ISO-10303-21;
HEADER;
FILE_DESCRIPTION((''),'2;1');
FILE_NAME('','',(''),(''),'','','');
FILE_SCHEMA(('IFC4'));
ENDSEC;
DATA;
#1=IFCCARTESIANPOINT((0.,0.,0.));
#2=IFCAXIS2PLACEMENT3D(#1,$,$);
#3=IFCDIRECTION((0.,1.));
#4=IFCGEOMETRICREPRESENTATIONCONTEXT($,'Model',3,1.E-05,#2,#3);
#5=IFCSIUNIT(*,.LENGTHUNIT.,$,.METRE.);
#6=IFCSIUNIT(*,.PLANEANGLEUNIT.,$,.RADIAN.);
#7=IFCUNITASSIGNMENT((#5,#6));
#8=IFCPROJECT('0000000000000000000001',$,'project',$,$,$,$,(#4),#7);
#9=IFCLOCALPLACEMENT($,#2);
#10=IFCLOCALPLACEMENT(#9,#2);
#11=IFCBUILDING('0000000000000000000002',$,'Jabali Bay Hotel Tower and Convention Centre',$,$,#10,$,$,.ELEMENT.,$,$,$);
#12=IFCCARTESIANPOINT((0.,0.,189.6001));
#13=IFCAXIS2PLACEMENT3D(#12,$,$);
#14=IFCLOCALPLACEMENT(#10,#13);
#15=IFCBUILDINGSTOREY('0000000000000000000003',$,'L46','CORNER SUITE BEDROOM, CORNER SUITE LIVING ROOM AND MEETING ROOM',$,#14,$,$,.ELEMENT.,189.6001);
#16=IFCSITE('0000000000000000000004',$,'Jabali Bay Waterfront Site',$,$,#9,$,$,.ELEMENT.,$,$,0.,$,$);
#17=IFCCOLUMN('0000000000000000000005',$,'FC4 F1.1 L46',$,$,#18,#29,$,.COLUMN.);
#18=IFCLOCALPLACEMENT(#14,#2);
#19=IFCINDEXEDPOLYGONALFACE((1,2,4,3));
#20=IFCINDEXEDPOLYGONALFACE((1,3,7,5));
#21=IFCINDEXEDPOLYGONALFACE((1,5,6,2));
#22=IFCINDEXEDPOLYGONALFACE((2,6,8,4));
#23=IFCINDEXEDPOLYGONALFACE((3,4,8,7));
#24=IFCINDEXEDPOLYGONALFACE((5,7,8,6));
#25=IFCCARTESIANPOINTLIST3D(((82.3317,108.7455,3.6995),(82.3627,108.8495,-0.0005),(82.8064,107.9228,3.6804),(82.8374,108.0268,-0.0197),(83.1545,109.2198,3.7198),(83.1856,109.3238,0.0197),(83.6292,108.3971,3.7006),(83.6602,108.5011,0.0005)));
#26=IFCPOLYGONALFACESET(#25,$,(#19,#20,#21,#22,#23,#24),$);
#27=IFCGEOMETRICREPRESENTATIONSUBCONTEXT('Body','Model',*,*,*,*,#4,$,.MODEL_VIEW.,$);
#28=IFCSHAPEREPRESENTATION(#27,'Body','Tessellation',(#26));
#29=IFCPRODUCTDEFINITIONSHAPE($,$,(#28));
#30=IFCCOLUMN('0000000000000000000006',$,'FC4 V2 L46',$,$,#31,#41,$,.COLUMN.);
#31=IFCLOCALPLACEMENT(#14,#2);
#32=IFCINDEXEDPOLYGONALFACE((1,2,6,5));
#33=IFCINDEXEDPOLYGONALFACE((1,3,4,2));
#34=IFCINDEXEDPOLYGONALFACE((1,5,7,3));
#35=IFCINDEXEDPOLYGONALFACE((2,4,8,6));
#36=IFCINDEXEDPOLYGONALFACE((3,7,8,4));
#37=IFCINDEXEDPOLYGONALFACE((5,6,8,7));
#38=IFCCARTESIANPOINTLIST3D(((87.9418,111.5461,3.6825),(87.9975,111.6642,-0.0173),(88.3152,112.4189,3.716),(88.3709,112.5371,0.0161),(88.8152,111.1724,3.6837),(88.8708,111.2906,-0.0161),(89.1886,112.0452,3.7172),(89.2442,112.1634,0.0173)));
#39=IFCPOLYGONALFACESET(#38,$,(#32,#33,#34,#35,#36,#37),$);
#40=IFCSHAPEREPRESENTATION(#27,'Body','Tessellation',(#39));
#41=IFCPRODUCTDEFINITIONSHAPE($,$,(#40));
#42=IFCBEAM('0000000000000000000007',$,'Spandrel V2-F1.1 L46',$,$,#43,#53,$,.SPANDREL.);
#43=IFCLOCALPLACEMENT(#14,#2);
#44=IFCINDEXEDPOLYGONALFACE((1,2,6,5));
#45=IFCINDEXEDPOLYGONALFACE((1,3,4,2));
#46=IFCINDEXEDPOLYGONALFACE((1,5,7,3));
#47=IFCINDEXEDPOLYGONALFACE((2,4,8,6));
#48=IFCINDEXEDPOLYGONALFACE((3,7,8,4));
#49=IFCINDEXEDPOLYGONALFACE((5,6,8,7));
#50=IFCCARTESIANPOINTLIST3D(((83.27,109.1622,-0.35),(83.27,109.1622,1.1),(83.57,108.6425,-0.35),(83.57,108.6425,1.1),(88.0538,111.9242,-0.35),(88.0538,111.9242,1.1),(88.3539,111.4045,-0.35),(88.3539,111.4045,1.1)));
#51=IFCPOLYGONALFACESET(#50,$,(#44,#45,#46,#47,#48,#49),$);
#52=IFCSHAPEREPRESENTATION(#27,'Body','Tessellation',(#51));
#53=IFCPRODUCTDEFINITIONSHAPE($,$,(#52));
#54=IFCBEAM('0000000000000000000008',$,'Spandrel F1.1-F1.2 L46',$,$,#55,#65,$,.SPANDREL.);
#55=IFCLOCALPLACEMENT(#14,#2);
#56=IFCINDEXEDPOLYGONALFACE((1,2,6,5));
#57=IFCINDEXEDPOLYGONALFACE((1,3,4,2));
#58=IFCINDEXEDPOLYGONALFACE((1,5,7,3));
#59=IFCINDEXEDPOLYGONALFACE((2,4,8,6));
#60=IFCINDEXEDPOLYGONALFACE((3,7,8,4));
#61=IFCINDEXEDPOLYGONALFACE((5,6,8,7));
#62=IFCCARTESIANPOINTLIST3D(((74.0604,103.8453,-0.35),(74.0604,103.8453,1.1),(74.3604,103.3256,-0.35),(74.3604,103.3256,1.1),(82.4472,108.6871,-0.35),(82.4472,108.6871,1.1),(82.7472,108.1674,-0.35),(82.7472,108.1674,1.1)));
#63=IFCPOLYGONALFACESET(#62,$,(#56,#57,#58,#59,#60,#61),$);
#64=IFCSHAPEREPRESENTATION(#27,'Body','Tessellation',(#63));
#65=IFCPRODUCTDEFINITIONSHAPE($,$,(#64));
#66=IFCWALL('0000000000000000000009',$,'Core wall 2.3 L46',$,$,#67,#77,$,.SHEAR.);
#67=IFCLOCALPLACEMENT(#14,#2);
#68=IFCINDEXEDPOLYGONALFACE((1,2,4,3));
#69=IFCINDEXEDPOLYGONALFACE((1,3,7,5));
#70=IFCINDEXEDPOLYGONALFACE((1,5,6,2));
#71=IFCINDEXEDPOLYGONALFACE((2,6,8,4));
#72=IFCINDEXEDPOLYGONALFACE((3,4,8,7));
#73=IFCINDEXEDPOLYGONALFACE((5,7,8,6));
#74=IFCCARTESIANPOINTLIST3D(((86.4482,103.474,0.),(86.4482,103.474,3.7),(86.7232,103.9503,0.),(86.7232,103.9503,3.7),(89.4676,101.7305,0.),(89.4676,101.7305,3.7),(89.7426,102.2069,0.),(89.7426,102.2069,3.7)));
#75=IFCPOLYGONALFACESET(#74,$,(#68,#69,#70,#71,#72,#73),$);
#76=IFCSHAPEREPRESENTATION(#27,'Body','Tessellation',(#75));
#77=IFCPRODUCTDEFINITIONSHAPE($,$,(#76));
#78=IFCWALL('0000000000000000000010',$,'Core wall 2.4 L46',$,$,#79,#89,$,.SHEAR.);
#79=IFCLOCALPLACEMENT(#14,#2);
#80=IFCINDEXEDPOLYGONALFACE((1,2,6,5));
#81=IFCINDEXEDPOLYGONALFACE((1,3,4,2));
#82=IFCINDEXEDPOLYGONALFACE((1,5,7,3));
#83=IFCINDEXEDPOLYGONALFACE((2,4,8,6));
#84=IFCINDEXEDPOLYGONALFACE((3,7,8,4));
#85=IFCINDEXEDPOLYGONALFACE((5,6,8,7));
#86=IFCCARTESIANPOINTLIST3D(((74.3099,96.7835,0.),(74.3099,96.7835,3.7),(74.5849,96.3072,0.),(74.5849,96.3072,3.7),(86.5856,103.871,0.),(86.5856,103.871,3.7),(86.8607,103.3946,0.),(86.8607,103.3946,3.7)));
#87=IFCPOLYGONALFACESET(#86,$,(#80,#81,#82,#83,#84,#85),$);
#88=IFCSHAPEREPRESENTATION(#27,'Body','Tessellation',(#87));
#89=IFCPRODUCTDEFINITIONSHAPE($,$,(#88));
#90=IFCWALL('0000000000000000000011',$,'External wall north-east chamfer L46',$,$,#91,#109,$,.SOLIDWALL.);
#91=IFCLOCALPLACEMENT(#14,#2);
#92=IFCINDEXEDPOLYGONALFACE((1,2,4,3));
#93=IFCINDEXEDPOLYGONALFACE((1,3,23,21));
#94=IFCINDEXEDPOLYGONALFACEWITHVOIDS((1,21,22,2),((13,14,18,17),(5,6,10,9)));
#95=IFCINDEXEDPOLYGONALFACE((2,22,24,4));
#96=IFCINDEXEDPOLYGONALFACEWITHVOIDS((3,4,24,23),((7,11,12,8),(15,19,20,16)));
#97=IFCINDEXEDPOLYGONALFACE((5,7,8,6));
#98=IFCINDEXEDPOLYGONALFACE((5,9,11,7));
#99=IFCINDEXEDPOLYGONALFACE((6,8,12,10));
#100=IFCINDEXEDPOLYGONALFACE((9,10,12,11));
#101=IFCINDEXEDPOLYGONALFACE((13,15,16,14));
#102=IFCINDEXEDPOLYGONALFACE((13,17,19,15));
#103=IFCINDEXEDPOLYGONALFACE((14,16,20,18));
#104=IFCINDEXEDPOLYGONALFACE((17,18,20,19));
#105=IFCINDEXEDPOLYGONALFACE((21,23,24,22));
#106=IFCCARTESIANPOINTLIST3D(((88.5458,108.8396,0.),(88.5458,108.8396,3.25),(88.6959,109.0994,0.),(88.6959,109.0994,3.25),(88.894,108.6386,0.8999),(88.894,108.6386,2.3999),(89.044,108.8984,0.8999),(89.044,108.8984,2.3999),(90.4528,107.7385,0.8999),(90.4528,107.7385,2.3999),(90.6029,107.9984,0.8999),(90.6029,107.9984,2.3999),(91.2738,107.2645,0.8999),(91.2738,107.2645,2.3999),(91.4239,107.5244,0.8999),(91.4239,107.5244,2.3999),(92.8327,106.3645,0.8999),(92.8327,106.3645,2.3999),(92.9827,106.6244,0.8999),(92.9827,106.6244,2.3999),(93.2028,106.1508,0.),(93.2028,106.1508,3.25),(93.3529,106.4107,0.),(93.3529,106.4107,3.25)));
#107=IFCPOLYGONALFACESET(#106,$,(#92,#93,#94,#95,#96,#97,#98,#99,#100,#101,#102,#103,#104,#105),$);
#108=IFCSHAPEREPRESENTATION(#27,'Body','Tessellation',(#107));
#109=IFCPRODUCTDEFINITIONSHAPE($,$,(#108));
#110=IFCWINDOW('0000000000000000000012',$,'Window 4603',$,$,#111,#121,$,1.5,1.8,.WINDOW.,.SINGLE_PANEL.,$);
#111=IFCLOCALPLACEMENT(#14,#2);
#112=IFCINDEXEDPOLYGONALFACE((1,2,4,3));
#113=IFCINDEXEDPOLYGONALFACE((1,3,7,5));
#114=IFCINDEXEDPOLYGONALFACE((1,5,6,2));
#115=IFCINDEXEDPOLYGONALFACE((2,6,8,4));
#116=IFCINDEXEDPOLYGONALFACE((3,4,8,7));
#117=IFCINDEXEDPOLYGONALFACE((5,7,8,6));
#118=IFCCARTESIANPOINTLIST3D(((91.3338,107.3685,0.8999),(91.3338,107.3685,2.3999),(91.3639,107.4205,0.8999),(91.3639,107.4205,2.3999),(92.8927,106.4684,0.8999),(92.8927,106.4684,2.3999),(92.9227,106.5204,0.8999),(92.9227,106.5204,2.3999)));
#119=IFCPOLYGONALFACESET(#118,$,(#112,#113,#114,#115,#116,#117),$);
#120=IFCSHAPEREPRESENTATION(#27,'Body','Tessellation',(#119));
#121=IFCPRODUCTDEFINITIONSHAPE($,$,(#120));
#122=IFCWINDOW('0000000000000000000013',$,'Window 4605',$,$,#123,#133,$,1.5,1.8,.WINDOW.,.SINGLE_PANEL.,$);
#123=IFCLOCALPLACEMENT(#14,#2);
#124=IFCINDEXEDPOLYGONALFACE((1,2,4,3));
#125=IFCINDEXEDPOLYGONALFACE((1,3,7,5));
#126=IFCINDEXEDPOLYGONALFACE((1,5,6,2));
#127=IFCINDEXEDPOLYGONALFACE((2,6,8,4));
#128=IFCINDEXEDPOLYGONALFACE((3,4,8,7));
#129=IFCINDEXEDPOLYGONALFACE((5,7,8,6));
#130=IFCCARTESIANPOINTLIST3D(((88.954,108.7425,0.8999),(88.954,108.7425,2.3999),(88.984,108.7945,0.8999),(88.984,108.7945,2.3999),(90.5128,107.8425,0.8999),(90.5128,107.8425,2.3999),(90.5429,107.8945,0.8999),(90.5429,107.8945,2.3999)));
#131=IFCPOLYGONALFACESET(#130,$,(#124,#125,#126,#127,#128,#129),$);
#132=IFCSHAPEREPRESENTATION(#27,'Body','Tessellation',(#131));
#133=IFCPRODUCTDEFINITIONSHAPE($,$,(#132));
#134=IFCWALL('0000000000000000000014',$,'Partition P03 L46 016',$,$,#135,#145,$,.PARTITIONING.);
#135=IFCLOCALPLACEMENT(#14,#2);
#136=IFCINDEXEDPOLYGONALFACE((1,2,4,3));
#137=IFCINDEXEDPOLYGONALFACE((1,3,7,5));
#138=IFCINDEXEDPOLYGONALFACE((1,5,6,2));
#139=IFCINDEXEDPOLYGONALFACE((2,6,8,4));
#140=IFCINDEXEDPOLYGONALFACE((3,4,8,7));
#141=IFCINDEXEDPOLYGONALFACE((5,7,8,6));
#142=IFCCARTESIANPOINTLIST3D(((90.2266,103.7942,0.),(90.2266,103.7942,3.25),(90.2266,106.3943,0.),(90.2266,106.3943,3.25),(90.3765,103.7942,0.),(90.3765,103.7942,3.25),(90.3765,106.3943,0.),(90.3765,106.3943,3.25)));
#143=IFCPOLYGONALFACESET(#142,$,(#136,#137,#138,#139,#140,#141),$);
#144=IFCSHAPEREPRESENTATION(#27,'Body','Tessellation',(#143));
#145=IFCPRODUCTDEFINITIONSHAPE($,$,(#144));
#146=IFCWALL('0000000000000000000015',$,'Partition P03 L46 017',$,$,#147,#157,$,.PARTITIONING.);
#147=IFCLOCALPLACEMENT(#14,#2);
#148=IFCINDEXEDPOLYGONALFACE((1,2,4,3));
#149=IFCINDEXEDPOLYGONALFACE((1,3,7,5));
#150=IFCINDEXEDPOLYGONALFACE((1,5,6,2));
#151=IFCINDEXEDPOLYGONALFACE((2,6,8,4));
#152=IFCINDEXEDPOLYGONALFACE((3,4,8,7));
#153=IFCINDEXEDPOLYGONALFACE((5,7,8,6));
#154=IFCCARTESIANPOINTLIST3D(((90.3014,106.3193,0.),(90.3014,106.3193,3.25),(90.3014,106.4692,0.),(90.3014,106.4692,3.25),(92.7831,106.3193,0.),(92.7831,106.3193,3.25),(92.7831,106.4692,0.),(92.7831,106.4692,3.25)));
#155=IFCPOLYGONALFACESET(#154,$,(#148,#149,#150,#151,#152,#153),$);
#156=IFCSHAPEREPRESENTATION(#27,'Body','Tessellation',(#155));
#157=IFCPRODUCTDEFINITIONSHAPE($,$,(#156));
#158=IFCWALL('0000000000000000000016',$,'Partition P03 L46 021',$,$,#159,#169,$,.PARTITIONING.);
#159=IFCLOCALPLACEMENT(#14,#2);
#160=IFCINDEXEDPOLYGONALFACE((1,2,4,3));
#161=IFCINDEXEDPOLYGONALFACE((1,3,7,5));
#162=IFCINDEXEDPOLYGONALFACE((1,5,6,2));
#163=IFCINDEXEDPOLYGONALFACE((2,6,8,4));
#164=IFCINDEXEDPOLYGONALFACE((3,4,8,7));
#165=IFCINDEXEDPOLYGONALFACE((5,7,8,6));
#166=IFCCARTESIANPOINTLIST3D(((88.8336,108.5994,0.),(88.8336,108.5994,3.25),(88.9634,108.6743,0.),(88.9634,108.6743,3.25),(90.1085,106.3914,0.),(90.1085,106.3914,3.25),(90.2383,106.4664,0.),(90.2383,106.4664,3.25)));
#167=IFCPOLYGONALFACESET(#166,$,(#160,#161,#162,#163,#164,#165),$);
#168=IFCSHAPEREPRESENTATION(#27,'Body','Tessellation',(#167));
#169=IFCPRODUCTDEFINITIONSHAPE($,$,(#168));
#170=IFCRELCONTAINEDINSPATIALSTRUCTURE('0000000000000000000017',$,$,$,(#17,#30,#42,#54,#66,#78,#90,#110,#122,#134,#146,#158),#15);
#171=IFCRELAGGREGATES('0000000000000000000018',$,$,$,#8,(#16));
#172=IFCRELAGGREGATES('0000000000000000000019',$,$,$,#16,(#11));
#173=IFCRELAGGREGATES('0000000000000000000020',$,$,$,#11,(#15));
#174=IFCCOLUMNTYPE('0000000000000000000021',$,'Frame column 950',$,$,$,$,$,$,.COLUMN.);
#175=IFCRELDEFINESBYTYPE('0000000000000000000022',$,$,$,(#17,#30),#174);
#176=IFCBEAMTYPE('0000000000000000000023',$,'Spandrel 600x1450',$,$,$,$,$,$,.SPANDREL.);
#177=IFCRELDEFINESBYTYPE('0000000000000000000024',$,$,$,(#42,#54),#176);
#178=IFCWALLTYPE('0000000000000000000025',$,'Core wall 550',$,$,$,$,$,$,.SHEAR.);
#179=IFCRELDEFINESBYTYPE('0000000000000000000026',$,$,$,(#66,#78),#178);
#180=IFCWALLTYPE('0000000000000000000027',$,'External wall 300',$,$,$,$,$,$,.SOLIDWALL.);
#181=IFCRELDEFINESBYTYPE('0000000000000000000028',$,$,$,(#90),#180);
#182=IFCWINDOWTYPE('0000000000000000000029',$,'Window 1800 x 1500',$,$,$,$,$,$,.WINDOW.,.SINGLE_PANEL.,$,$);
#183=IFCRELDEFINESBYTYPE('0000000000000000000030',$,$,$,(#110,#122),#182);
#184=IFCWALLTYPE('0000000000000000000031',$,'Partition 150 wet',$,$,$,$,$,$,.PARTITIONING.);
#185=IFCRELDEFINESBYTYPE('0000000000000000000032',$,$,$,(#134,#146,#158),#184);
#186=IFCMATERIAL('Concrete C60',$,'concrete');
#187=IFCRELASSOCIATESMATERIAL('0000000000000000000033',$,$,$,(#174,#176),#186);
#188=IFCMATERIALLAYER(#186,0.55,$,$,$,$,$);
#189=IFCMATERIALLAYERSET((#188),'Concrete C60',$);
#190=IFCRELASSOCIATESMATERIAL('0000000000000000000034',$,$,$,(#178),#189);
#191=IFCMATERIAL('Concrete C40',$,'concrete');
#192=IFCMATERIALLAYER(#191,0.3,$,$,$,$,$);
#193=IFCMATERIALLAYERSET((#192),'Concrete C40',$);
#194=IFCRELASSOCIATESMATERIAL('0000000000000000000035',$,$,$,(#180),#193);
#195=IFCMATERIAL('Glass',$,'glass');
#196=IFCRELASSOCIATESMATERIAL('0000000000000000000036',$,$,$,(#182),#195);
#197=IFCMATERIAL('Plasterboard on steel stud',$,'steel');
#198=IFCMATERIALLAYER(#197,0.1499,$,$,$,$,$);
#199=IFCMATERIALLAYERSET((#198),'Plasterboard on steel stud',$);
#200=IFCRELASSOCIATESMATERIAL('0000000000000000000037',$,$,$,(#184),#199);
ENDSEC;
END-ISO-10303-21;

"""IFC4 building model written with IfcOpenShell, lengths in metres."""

from ifc_helpers import new_model, si_unit, direction, frame, frame_2d, origin, origin_2d, place, context, subcontext, project, spatial, rectangle, extrude, material, layer, layer_set, material_profile, profile_set, type_object, element, fill, save


model = new_model("IFC4")

# Units and contexts
model_context = context("Model", 3, precision=1e-05, world=origin(), true_north=direction((0.0, 1.0)))
body_context = subcontext(model_context, "Body", "Model", "MODEL_VIEW")
ifc_project = project(units=[si_unit("LENGTHUNIT", "METRE"), si_unit("PLANEANGLEUNIT", "RADIAN")], contexts=[model_context])

# Site, building, storey
site_placement = place(None, origin())
site = spatial("IfcSite", under=ifc_project, at=site_placement, Name="Jabali Bay Waterfront Site", CompositionType="ELEMENT", RefElevation=0.0)
building_placement = place(site_placement, origin())
building = spatial("IfcBuilding", under=site, at=building_placement, Name="Jabali Bay Hotel Tower and Convention Centre", CompositionType="ELEMENT")
storey_placement = place(building_placement, frame((0.0, 0.0, 189.6001)))
storey = spatial("IfcBuildingStorey", under=building, at=storey_placement, Name="L46", Description="CORNER SUITE BEDROOM, CORNER SUITE LIVING ROOM AND MEETING ROOM", CompositionType="ELEMENT", Elevation=189.6001)

# Columns
ifc_material_1 = material(Name="Concrete C60", Category="concrete")
ifc_material_profile_1 = material_profile(ifc_material_1, rectangle(XDim=0.95, YDim=0.95, at=origin_2d()), Name="Frame column 950")
ifc_profile_set_1 = profile_set([ifc_material_profile_1], Name="Concrete C60")
column_type = type_object("IfcColumnType", Name="Frame column 950", PredefinedType="COLUMN", material=ifc_profile_set_1)
column_1_placement = place(storey_placement, frame((83.0115, 108.6753, 0.0), z_axis=(-0.008376, -0.028097, 0.99957), x_axis=(0.866172, 0.499293, 0.021293)))
element("IfcColumn", 1, at=column_1_placement, inside=storey, type_object=column_type, Name="FC4 F1.1 L46", PredefinedType="COLUMN", context=body_context, shape_type="SweptSolid", body=[
    extrude(rectangle(XDim=0.95, YDim=0.95, at=origin_2d()), origin(), (0.0, 0.0, 1.0), 3.7017),
])
column_2_placement = place(storey_placement, frame((88.6208, 111.9138, 0.0), z_axis=(-0.015035, -0.031917, 0.999377), x_axis=(0.919383, -0.393362, 0.001269)))
element("IfcColumn", 2, at=column_2_placement, inside=storey, type_object=column_type, Name="FC4 V2 L46", PredefinedType="COLUMN", context=body_context, shape_type="SweptSolid", body=[
    extrude(rectangle(XDim=0.95, YDim=0.95, at=origin_2d()), origin(), (0.0, 0.0, 1.0), 3.7021),
])

# Beams
ifc_material_profile_2 = material_profile(ifc_material_1, rectangle(XDim=0.6001, YDim=1.45, at=origin_2d()), Name="Spandrel 600x1450")
ifc_profile_set_2 = profile_set([ifc_material_profile_2], Name="Concrete C60")
beam_type = type_object("IfcBeamType", Name="Spandrel 600x1450", PredefinedType="SPANDREL", material=ifc_profile_set_2)
beam_1_placement = place(storey_placement, frame((88.2039, 111.6643, 0.375), z_axis=(-0.866029, -0.499994, 0.0), x_axis=(0.499994, -0.866029, 0.0)))
element("IfcBeam", 3, at=beam_1_placement, inside=storey, type_object=beam_type, Name="Spandrel V2-F1.1 L46", PredefinedType="SPANDREL", context=body_context, shape_type="SweptSolid", body=[
    extrude(rectangle(XDim=0.6001, YDim=1.45, at=origin_2d()), origin(), (0.0, 0.0, 1.0), 5.5239),
])
beam_2_placement = place(storey_placement, frame((82.5972, 108.4272, 0.375), z_axis=(-0.866038, -0.499979, 0.0), x_axis=(0.499979, -0.866038, 0.0)))
element("IfcBeam", 4, at=beam_2_placement, inside=storey, type_object=beam_type, Name="Spandrel F1.1-F1.2 L46", PredefinedType="SPANDREL", context=body_context, shape_type="SweptSolid", body=[
    extrude(rectangle(XDim=0.6001, YDim=1.45, at=origin_2d()), origin(), (0.0, 0.0, 1.0), 9.6841),
])

# Walls
ifc_layer_1 = layer(ifc_material_1, 0.55)
ifc_layer_set_1 = layer_set([ifc_layer_1], Name="Concrete C60")
wall_type_1 = type_object("IfcWallType", Name="Core wall 550", PredefinedType="SHEAR", material=ifc_layer_set_1)
wall_1_placement = place(storey_placement, frame((89.605, 101.9688, 0.0), z_axis=(0.0, 0.0, 1.0), x_axis=(-0.865998, 0.500048, 0.0)))
element("IfcWall", 5, at=wall_1_placement, inside=storey, type_object=wall_type_1, Name="Core wall 2.3 L46", PredefinedType="SHEAR", context=body_context, shape_type="SweptSolid", body=[
    extrude(rectangle(XDim=3.4866, YDim=0.55, at=frame_2d((1.7432, 0.0))), origin(), (0.0, 0.0, 1.0), 3.7),
])
wall_2_placement = place(storey_placement, frame((86.7231, 103.6328, 0.0), z_axis=(0.0, 0.0, 1.0), x_axis=(-0.866024, -0.500003, 0.0)))
element("IfcWall", 6, at=wall_2_placement, inside=storey, type_object=wall_type_1, Name="Core wall 2.4 L46", PredefinedType="SHEAR", context=body_context, shape_type="SweptSolid", body=[
    extrude(rectangle(XDim=14.1748, YDim=0.55, at=frame_2d((7.0874, 0.0))), origin(), (0.0, 0.0, 1.0), 3.7),
])

# Wall, openings, windows
ifc_material_2 = material(Name="Concrete C40", Category="concrete")
ifc_layer_2 = layer(ifc_material_2, 0.3)
ifc_layer_set_2 = layer_set([ifc_layer_2], Name="Concrete C40")
wall_type_2 = type_object("IfcWallType", Name="External wall 300", PredefinedType="SOLIDWALL", material=ifc_layer_set_2)
wall_3_placement = place(storey_placement, frame((88.6208, 108.9695, 0.0), z_axis=(0.0, 0.0, 1.0), x_axis=(0.866025, -0.500001, 0.0)))
wall_3 = element("IfcWall", 7, at=wall_3_placement, inside=storey, type_object=wall_type_2, Name="External wall north-east chamfer L46", PredefinedType="SOLIDWALL", context=body_context, shape_type="SweptSolid", body=[
    extrude(rectangle(XDim=5.3774, YDim=0.3, at=frame_2d((2.6887, 0.0))), origin(), (0.0, 0.0, 1.0), 3.25),
])
opening_1_placement = place(wall_3_placement, frame((3.1501, 0.0, 0.8999)))
opening_1 = element("IfcOpeningElement", 8, at=opening_1_placement, cuts=wall_3, PredefinedType="OPENING", context=body_context, shape_type="SweptSolid", body=[
    extrude(rectangle(XDim=1.8, YDim=1.5, at=frame_2d((0.8999, 0.75))), frame((0.0, 0.1606, 0.0), z_axis=(0.0, -1.0, 0.0), x_axis=(1.0, 0.0, 0.0)), (0.0, 0.0, 1.0), 0.321),
])
opening_2_placement = place(wall_3_placement, frame((0.4021, 0.0, 0.8999)))
opening_2 = element("IfcOpeningElement", 9, at=opening_2_placement, cuts=wall_3, PredefinedType="OPENING", context=body_context, shape_type="SweptSolid", body=[
    extrude(rectangle(XDim=1.8, YDim=1.5, at=frame_2d((0.8999, 0.75))), frame((0.0, 0.1606, 0.0), z_axis=(0.0, -1.0, 0.0), x_axis=(1.0, 0.0, 0.0)), (0.0, 0.0, 1.0), 0.321),
])
ifc_material_3 = material(Name="Glass", Category="glass")
window_type = type_object("IfcWindowType", Name="Window 1800 x 1500", PartitioningType="SINGLE_PANEL", PredefinedType="WINDOW", material=ifc_material_3)
window_1_placement = place(opening_1_placement, origin())
window_1 = element("IfcWindow", 10, at=window_1_placement, inside=storey, type_object=window_type, Name="Window 4603", OverallHeight=1.5, OverallWidth=1.8, PartitioningType="SINGLE_PANEL", PredefinedType="WINDOW", context=body_context, shape_type="SweptSolid", body=[
    extrude(rectangle(XDim=1.8, YDim=1.5, at=frame_2d((0.8999, 0.75))), frame((0.0, 0.03, 0.0), z_axis=(0.0, -1.0, 0.0), x_axis=(1.0, 0.0, 0.0)), (0.0, 0.0, 1.0), 0.0601),
])
fill(opening_1, window_1)
window_2_placement = place(opening_2_placement, origin())
window_2 = element("IfcWindow", 11, at=window_2_placement, inside=storey, type_object=window_type, Name="Window 4605", OverallHeight=1.5, OverallWidth=1.8, PartitioningType="SINGLE_PANEL", PredefinedType="WINDOW", context=body_context, shape_type="SweptSolid", body=[
    extrude(rectangle(XDim=1.8, YDim=1.5, at=frame_2d((0.8999, 0.75))), frame((0.0, 0.03, 0.0), z_axis=(0.0, -1.0, 0.0), x_axis=(1.0, 0.0, 0.0)), (0.0, 0.0, 1.0), 0.0601),
])
fill(opening_2, window_2)

# Walls
ifc_material_4 = material(Name="Plasterboard on steel stud", Category="steel")
ifc_layer_3 = layer(ifc_material_4, 0.1499)
ifc_layer_set_3 = layer_set([ifc_layer_3], Name="Plasterboard on steel stud")
wall_type_3 = type_object("IfcWallType", Name="Partition 150 wet", PredefinedType="PARTITIONING", material=ifc_layer_set_3)
wall_4_placement = place(storey_placement, frame((90.3015, 103.7942, 0.0), z_axis=(0.0, 0.0, 1.0), x_axis=(0.0, 1.0, 0.0)))
element("IfcWall", 12, at=wall_4_placement, inside=storey, type_object=wall_type_3, Name="Partition P03 L46 016", PredefinedType="PARTITIONING", context=body_context, shape_type="SweptSolid", body=[
    extrude(rectangle(XDim=2.6001, YDim=0.1499, at=frame_2d((1.3, 0.0))), origin(), (0.0, 0.0, 1.0), 3.25),
])
wall_5_placement = place(storey_placement, frame((90.3015, 106.3943, 0.0), z_axis=(0.0, 0.0, 1.0), x_axis=(1.0, 0.0, 0.0)))
element("IfcWall", 13, at=wall_5_placement, inside=storey, type_object=wall_type_3, Name="Partition P03 L46 017", PredefinedType="PARTITIONING", context=body_context, shape_type="SweptSolid", body=[
    extrude(rectangle(XDim=2.4817, YDim=0.1499, at=frame_2d((1.2407, 0.0))), origin(), (0.0, 0.0, 1.0), 3.25),
])
wall_6_placement = place(storey_placement, frame((88.8984, 108.637, 0.0), z_axis=(0.0, 0.0, 1.0), x_axis=(0.500032, -0.866007, 0.0)))
element("IfcWall", 14, at=wall_6_placement, inside=storey, type_object=wall_type_3, Name="Partition P03 L46 021", PredefinedType="PARTITIONING", context=body_context, shape_type="SweptSolid", body=[
    extrude(rectangle(XDim=2.5496, YDim=0.1499, at=frame_2d((1.2749, 0.0))), origin(), (0.0, 0.0, 1.0), 3.25),
])

save(model, "model.ifc")
